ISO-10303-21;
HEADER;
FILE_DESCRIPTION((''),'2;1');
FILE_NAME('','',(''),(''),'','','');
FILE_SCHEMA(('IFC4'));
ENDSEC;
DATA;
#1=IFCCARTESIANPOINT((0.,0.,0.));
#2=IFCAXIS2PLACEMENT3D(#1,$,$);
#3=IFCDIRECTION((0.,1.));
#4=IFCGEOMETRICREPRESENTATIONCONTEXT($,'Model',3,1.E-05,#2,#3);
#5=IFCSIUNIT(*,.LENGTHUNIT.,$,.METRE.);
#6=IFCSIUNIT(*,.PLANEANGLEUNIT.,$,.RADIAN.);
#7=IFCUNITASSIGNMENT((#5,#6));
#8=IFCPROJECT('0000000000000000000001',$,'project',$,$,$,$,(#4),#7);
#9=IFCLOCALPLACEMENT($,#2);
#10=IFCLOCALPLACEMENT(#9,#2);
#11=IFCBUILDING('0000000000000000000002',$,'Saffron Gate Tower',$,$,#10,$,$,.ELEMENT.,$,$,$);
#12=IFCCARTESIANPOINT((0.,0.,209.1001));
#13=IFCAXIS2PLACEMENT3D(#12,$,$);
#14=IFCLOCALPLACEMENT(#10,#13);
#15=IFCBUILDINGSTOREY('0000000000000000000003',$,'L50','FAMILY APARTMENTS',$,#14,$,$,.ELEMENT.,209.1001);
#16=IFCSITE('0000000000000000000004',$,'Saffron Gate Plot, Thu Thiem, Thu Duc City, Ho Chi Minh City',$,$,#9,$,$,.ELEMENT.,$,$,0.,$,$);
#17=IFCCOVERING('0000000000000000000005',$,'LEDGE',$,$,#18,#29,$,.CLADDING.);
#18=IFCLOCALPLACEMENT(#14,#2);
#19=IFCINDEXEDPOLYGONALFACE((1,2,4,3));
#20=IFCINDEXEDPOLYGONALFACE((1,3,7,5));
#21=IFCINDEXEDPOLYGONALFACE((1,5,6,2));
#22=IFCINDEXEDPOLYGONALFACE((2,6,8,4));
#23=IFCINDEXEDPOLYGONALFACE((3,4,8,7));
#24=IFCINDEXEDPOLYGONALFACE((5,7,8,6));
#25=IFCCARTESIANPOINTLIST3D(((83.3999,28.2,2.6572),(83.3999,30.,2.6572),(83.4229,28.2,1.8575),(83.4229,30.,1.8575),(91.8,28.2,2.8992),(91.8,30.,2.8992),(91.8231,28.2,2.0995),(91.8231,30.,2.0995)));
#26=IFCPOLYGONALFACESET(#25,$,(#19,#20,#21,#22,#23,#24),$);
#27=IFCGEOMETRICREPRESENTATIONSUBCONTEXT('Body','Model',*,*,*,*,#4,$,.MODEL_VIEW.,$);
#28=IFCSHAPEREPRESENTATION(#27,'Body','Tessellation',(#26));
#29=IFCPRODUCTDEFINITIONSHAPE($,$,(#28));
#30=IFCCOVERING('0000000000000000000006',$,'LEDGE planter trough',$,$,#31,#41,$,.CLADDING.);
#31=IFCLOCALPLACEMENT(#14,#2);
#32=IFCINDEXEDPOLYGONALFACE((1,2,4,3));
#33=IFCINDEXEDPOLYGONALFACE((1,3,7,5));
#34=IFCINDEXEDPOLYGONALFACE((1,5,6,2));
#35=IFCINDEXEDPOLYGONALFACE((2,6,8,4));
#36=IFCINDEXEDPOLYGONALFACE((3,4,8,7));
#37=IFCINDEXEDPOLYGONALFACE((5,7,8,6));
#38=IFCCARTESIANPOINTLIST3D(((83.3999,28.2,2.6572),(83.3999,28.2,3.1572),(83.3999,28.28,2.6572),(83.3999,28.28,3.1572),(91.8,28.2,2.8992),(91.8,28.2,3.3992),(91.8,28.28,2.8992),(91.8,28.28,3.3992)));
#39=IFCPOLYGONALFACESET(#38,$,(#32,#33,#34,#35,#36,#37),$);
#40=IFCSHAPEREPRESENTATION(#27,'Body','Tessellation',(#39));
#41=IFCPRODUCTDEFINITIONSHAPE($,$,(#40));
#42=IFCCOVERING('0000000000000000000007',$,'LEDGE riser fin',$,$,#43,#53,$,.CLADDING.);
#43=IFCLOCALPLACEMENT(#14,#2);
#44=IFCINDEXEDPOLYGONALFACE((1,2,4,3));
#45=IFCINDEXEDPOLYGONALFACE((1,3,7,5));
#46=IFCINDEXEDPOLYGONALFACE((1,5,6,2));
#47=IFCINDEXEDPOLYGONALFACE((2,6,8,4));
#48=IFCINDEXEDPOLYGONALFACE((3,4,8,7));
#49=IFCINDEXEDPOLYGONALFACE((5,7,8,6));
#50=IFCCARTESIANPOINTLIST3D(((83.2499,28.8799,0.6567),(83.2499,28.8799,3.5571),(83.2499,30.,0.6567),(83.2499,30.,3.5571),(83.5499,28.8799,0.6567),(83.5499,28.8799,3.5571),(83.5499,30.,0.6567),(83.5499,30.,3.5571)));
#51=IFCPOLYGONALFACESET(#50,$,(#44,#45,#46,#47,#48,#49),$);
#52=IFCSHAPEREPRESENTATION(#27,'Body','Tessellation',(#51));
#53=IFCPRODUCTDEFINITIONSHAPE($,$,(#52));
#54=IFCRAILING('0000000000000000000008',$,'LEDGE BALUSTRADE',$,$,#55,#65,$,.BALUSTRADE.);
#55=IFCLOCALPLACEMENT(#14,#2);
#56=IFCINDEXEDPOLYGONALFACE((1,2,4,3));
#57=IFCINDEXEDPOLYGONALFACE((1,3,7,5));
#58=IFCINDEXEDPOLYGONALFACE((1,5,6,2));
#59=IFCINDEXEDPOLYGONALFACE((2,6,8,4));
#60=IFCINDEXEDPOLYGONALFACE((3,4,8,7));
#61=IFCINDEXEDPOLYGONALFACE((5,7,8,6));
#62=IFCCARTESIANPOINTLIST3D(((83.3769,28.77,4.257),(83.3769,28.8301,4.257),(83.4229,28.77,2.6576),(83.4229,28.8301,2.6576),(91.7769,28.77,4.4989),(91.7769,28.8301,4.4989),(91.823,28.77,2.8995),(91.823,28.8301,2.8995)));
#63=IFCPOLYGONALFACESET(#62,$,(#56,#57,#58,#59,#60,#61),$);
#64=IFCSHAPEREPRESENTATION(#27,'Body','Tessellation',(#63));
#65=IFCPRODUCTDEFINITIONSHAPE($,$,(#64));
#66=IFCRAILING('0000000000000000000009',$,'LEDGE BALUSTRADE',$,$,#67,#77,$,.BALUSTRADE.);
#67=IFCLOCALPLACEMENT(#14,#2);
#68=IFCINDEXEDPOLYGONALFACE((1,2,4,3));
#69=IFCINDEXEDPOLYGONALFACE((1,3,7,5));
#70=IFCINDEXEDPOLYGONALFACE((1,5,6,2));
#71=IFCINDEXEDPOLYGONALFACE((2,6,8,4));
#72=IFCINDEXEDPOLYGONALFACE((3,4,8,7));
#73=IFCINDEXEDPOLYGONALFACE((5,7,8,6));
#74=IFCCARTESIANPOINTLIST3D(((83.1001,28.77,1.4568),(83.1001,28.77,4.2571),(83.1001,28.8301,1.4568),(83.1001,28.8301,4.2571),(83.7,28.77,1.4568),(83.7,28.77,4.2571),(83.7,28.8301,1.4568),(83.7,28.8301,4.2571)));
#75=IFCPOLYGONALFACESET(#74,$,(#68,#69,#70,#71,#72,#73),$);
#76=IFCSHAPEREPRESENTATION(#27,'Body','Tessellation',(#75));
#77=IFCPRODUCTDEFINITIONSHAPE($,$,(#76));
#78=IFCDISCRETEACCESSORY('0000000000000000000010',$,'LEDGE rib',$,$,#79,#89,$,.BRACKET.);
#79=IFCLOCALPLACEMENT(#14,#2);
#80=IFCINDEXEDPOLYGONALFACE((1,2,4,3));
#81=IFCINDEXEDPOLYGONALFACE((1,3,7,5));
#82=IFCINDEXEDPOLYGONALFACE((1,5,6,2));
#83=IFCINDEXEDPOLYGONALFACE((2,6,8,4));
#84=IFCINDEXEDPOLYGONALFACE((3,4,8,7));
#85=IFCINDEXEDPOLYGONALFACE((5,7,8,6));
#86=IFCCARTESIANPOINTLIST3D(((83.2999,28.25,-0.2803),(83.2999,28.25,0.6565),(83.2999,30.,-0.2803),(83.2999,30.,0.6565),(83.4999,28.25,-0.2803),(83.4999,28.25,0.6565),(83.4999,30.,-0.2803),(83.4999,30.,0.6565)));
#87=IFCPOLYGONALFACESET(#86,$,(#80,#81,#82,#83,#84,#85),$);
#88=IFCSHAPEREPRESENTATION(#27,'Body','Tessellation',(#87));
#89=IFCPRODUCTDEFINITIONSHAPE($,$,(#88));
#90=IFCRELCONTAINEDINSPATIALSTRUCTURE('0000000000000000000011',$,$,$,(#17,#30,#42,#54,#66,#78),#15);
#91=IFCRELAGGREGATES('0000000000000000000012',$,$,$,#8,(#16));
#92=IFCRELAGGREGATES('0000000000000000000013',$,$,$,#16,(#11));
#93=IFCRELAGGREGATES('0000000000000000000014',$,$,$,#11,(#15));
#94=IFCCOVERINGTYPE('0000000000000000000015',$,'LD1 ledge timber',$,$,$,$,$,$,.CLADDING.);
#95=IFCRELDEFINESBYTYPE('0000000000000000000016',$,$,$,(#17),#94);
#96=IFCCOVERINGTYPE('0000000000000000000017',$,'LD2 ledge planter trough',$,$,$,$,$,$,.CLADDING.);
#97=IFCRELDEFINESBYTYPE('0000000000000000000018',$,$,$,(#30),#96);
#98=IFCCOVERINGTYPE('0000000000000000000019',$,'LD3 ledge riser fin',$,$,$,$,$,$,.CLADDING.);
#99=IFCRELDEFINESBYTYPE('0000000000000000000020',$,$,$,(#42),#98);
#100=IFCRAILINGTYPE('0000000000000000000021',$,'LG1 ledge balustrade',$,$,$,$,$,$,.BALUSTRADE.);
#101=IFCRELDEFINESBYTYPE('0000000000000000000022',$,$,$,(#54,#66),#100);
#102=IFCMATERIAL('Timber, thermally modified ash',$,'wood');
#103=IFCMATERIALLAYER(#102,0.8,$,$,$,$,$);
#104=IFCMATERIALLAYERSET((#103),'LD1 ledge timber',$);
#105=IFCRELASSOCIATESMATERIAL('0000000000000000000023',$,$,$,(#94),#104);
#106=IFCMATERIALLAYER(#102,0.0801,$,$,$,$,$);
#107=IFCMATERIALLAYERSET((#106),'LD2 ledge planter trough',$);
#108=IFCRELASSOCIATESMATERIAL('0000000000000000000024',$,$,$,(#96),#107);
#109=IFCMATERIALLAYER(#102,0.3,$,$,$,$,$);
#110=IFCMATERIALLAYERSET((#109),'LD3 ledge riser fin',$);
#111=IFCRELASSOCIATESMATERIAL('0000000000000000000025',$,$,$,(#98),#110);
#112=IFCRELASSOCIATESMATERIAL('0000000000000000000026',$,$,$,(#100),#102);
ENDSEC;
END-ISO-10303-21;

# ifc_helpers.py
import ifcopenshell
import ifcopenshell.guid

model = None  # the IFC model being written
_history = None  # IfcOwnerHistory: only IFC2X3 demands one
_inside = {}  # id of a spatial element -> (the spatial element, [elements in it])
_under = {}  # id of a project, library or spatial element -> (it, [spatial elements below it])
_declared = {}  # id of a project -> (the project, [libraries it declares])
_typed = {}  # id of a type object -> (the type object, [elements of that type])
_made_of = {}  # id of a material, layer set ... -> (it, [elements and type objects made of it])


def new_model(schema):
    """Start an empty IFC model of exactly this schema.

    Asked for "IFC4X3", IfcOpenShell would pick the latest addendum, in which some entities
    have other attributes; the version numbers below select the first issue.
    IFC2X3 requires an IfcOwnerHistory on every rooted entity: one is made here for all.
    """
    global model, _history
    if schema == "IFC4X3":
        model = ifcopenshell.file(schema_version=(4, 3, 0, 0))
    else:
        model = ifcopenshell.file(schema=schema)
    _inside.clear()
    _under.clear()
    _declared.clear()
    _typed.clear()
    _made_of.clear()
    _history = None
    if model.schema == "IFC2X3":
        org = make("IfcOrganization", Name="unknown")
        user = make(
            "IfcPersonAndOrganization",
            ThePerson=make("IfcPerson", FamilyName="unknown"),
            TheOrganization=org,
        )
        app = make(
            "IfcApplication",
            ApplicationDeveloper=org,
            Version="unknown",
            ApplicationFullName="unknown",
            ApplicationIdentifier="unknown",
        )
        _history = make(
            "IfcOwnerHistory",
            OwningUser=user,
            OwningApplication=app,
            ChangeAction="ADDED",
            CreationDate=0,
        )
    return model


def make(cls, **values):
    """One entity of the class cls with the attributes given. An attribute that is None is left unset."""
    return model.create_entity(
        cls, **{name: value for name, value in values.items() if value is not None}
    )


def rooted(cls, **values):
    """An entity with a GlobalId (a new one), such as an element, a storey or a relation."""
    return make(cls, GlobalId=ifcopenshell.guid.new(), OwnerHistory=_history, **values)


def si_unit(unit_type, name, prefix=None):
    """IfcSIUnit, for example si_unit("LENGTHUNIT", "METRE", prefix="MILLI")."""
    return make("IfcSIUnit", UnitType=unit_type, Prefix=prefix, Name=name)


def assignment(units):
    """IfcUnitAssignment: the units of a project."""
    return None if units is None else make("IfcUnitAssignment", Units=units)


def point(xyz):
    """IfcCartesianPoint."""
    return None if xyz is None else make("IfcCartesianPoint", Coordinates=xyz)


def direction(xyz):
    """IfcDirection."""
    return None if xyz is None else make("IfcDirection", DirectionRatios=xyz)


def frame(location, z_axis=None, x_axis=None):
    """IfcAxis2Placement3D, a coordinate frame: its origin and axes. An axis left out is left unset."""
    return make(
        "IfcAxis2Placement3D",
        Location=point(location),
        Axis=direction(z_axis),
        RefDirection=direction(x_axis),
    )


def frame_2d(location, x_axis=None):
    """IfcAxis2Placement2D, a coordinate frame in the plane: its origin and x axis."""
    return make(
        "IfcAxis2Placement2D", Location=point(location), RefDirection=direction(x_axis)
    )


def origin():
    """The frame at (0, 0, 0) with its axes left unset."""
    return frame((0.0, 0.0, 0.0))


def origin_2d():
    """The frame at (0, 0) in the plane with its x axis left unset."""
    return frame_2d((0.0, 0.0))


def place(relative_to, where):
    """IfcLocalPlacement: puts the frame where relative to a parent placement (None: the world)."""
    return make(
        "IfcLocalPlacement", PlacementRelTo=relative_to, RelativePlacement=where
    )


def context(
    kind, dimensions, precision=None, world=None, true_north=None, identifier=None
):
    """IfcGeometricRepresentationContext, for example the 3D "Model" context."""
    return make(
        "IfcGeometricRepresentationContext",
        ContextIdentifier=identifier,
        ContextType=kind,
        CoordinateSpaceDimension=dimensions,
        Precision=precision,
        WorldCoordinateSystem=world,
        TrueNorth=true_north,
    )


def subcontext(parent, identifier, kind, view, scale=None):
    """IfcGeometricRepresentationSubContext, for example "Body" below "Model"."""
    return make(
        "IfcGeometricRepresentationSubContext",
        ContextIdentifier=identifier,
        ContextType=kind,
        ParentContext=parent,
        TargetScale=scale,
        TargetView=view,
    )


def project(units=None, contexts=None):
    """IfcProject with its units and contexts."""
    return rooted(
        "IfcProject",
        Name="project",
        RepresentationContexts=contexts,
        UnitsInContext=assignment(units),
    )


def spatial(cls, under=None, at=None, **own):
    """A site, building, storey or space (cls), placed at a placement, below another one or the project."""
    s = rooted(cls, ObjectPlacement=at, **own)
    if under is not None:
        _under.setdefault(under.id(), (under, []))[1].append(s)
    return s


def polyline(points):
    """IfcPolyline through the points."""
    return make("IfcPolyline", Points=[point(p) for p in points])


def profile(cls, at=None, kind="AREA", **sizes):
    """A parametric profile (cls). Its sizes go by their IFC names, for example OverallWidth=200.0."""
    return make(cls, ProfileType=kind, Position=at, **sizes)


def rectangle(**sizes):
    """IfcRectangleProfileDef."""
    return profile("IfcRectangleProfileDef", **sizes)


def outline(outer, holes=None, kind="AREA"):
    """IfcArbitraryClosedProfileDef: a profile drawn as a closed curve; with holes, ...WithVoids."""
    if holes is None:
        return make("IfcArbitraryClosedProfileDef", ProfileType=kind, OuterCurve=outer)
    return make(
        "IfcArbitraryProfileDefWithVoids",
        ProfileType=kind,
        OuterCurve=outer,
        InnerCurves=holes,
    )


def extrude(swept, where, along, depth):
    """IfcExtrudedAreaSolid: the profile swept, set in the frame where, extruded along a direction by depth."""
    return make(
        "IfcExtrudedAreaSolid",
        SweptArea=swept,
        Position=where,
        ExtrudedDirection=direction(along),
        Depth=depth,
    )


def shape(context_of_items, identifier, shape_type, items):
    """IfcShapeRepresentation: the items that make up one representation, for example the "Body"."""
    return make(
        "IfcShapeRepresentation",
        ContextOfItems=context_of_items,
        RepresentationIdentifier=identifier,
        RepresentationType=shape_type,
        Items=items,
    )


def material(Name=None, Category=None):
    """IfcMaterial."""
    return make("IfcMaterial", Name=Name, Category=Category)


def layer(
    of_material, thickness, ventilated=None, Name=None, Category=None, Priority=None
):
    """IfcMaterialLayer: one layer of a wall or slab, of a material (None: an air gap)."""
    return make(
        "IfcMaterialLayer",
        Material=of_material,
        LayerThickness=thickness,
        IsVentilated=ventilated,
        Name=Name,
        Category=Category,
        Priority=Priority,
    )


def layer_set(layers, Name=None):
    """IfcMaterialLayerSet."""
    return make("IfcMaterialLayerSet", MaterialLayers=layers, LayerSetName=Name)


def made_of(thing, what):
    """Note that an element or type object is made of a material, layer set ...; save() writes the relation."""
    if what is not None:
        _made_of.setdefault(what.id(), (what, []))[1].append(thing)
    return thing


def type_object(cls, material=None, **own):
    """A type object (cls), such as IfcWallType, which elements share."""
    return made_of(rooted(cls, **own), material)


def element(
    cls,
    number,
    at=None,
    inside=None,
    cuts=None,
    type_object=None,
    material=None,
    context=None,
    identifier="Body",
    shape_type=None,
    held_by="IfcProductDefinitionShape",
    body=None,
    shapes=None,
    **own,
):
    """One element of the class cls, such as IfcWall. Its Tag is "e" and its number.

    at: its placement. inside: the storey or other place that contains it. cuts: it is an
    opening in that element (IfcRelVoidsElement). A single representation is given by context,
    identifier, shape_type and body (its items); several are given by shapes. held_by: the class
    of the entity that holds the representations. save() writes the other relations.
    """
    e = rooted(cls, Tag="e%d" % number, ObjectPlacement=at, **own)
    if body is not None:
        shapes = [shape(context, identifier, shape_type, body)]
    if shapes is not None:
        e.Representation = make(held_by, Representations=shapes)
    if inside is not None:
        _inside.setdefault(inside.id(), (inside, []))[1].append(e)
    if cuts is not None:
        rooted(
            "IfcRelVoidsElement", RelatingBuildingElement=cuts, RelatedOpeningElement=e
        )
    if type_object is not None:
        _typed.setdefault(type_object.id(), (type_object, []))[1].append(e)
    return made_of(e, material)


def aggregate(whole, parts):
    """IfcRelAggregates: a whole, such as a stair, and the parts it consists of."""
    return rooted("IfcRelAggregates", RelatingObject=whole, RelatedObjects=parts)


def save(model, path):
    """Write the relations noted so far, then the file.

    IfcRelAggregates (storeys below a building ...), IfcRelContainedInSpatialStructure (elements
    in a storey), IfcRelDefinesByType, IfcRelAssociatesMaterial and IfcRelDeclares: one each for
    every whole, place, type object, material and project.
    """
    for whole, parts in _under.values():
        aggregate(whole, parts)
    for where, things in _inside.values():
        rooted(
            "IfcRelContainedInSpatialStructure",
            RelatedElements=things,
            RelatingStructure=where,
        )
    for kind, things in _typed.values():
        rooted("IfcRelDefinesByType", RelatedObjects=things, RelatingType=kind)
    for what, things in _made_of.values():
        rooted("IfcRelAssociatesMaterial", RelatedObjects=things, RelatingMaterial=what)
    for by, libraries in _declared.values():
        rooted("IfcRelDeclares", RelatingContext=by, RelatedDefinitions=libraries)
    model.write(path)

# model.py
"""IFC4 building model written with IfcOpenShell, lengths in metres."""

from ifc_helpers import new_model, si_unit, direction, frame, origin, origin_2d, place, context, subcontext, project, spatial, polyline, rectangle, outline, extrude, material, layer, layer_set, type_object, element, save


model = new_model("IFC4")

# Units and contexts
model_context = context("Model", 3, precision=1e-05, world=origin(), true_north=direction((0.0, 1.0)))
body_context = subcontext(model_context, "Body", "Model", "MODEL_VIEW")
ifc_project = project(units=[si_unit("LENGTHUNIT", "METRE"), si_unit("PLANEANGLEUNIT", "RADIAN")], contexts=[model_context])

# Site, building, storey
site_placement = place(None, origin())
site = spatial("IfcSite", under=ifc_project, at=site_placement, Name="Saffron Gate Plot, Thu Thiem, Thu Duc City, Ho Chi Minh City", CompositionType="ELEMENT", RefElevation=0.0)
building_placement = place(site_placement, origin())
building = spatial("IfcBuilding", under=site, at=building_placement, Name="Saffron Gate Tower", CompositionType="ELEMENT")
storey_placement = place(building_placement, frame((0.0, 0.0, 209.1001)))
storey = spatial("IfcBuildingStorey", under=building, at=storey_placement, Name="L50", Description="FAMILY APARTMENTS", CompositionType="ELEMENT", Elevation=209.1001)

# Coverings
ifc_material_1 = material(Name="Timber, thermally modified ash", Category="wood")
ifc_layer_1 = layer(ifc_material_1, 0.8)
ifc_layer_set_1 = layer_set([ifc_layer_1], Name="LD1 ledge timber")
covering_type_1 = type_object("IfcCoveringType", Name="LD1 ledge timber", PredefinedType="CLADDING", material=ifc_layer_set_1)
covering_1_placement = place(storey_placement, frame((83.3999, 30.0, 2.6572), z_axis=(-0.02879, 0.0, 0.999585), x_axis=(0.999585, 0.0, 0.02879)))
element("IfcCovering", 1, at=covering_1_placement, inside=storey, type_object=covering_type_1, Name="LEDGE", PredefinedType="CLADDING", context=body_context, shape_type="SweptSolid", body=[
    extrude(outline(polyline([(0.0, 0.0), (8.4036, 0.0), (8.4036, -1.8), (0.0, -1.8), (0.0, 0.0)])), origin(), (0.0, 0.0, -1.0), 0.8),
])
ifc_layer_2 = layer(ifc_material_1, 0.0801)
ifc_layer_set_2 = layer_set([ifc_layer_2], Name="LD2 ledge planter trough")
covering_type_2 = type_object("IfcCoveringType", Name="LD2 ledge planter trough", PredefinedType="CLADDING", material=ifc_layer_set_2)
covering_2_placement = place(storey_placement, frame((83.3999, 28.2, 2.6572), z_axis=(0.0, -1.0, 0.0), x_axis=(0.999585, 0.0, 0.02879)))
element("IfcCovering", 2, at=covering_2_placement, inside=storey, type_object=covering_type_2, Name="LEDGE planter trough", PredefinedType="CLADDING", context=body_context, shape_type="SweptSolid", body=[
    extrude(outline(polyline([(0.0, 0.0), (8.4036, 0.0), (8.418, 0.4998), (0.0144, 0.4998), (0.0, 0.0)])), origin(), (0.0, 0.0, -1.0), 0.0801),
])
ifc_layer_3 = layer(ifc_material_1, 0.3)
ifc_layer_set_3 = layer_set([ifc_layer_3], Name="LD3 ledge riser fin")
covering_type_3 = type_object("IfcCoveringType", Name="LD3 ledge riser fin", PredefinedType="CLADDING", material=ifc_layer_set_3)
covering_3_placement = place(storey_placement, frame((83.3999, 29.4399, 0.6567), z_axis=(0.0, 0.0, 1.0), x_axis=(1.0, 0.0, 0.0)))
element("IfcCovering", 3, at=covering_3_placement, inside=storey, type_object=covering_type_3, Name="LEDGE riser fin", PredefinedType="CLADDING", context=body_context, shape_type="SweptSolid", body=[
    extrude(rectangle(XDim=0.3, YDim=1.1201, at=origin_2d()), origin(), (0.0, 0.0, 1.0), 2.9004),
])

# Railings
railing_type = type_object("IfcRailingType", Name="LG1 ledge balustrade", PredefinedType="BALUSTRADE", material=ifc_material_1)
railing_1_placement = place(storey_placement, frame((83.3999, 28.8, 2.6572)))
element("IfcRailing", 4, at=railing_1_placement, inside=storey, type_object=railing_type, Name="LEDGE BALUSTRADE", PredefinedType="BALUSTRADE", context=body_context, shape_type="SweptSolid", body=[
    extrude(rectangle(XDim=0.0601, YDim=1.6001, at=origin_2d()), frame((0.0, 0.0, 0.8), z_axis=(0.999585, 0.0, 0.02879), x_axis=(0.0, 1.0, 0.0)), (0.0, 0.0, 1.0), 8.4036),
])
railing_2_placement = place(storey_placement, frame((83.1001, 28.8, 1.4568)))
element("IfcRailing", 5, at=railing_2_placement, inside=storey, type_object=railing_type, Name="LEDGE BALUSTRADE", PredefinedType="BALUSTRADE", context=body_context, shape_type="SweptSolid", body=[
    extrude(rectangle(XDim=0.0601, YDim=2.8003, at=origin_2d()), frame((0.0, 0.0, 1.4001), z_axis=(1.0, 0.0, 0.0), x_axis=(0.0, 1.0, 0.0)), (0.0, 0.0, 1.0), 0.5999),
])

# Discrete accessory
discrete_accessory_placement = place(storey_placement, frame((83.3999, 29.125, -0.2803), z_axis=(0.0, 0.0, 1.0), x_axis=(1.0, 0.0, 0.0)))
element("IfcDiscreteAccessory", 6, at=discrete_accessory_placement, inside=storey, Name="LEDGE rib", PredefinedType="BRACKET", context=body_context, shape_type="SweptSolid", body=[
    extrude(rectangle(XDim=0.2, YDim=1.75, at=origin_2d()), origin(), (0.0, 0.0, 1.0), 0.9368),
])

save(model, "model.ifc")
